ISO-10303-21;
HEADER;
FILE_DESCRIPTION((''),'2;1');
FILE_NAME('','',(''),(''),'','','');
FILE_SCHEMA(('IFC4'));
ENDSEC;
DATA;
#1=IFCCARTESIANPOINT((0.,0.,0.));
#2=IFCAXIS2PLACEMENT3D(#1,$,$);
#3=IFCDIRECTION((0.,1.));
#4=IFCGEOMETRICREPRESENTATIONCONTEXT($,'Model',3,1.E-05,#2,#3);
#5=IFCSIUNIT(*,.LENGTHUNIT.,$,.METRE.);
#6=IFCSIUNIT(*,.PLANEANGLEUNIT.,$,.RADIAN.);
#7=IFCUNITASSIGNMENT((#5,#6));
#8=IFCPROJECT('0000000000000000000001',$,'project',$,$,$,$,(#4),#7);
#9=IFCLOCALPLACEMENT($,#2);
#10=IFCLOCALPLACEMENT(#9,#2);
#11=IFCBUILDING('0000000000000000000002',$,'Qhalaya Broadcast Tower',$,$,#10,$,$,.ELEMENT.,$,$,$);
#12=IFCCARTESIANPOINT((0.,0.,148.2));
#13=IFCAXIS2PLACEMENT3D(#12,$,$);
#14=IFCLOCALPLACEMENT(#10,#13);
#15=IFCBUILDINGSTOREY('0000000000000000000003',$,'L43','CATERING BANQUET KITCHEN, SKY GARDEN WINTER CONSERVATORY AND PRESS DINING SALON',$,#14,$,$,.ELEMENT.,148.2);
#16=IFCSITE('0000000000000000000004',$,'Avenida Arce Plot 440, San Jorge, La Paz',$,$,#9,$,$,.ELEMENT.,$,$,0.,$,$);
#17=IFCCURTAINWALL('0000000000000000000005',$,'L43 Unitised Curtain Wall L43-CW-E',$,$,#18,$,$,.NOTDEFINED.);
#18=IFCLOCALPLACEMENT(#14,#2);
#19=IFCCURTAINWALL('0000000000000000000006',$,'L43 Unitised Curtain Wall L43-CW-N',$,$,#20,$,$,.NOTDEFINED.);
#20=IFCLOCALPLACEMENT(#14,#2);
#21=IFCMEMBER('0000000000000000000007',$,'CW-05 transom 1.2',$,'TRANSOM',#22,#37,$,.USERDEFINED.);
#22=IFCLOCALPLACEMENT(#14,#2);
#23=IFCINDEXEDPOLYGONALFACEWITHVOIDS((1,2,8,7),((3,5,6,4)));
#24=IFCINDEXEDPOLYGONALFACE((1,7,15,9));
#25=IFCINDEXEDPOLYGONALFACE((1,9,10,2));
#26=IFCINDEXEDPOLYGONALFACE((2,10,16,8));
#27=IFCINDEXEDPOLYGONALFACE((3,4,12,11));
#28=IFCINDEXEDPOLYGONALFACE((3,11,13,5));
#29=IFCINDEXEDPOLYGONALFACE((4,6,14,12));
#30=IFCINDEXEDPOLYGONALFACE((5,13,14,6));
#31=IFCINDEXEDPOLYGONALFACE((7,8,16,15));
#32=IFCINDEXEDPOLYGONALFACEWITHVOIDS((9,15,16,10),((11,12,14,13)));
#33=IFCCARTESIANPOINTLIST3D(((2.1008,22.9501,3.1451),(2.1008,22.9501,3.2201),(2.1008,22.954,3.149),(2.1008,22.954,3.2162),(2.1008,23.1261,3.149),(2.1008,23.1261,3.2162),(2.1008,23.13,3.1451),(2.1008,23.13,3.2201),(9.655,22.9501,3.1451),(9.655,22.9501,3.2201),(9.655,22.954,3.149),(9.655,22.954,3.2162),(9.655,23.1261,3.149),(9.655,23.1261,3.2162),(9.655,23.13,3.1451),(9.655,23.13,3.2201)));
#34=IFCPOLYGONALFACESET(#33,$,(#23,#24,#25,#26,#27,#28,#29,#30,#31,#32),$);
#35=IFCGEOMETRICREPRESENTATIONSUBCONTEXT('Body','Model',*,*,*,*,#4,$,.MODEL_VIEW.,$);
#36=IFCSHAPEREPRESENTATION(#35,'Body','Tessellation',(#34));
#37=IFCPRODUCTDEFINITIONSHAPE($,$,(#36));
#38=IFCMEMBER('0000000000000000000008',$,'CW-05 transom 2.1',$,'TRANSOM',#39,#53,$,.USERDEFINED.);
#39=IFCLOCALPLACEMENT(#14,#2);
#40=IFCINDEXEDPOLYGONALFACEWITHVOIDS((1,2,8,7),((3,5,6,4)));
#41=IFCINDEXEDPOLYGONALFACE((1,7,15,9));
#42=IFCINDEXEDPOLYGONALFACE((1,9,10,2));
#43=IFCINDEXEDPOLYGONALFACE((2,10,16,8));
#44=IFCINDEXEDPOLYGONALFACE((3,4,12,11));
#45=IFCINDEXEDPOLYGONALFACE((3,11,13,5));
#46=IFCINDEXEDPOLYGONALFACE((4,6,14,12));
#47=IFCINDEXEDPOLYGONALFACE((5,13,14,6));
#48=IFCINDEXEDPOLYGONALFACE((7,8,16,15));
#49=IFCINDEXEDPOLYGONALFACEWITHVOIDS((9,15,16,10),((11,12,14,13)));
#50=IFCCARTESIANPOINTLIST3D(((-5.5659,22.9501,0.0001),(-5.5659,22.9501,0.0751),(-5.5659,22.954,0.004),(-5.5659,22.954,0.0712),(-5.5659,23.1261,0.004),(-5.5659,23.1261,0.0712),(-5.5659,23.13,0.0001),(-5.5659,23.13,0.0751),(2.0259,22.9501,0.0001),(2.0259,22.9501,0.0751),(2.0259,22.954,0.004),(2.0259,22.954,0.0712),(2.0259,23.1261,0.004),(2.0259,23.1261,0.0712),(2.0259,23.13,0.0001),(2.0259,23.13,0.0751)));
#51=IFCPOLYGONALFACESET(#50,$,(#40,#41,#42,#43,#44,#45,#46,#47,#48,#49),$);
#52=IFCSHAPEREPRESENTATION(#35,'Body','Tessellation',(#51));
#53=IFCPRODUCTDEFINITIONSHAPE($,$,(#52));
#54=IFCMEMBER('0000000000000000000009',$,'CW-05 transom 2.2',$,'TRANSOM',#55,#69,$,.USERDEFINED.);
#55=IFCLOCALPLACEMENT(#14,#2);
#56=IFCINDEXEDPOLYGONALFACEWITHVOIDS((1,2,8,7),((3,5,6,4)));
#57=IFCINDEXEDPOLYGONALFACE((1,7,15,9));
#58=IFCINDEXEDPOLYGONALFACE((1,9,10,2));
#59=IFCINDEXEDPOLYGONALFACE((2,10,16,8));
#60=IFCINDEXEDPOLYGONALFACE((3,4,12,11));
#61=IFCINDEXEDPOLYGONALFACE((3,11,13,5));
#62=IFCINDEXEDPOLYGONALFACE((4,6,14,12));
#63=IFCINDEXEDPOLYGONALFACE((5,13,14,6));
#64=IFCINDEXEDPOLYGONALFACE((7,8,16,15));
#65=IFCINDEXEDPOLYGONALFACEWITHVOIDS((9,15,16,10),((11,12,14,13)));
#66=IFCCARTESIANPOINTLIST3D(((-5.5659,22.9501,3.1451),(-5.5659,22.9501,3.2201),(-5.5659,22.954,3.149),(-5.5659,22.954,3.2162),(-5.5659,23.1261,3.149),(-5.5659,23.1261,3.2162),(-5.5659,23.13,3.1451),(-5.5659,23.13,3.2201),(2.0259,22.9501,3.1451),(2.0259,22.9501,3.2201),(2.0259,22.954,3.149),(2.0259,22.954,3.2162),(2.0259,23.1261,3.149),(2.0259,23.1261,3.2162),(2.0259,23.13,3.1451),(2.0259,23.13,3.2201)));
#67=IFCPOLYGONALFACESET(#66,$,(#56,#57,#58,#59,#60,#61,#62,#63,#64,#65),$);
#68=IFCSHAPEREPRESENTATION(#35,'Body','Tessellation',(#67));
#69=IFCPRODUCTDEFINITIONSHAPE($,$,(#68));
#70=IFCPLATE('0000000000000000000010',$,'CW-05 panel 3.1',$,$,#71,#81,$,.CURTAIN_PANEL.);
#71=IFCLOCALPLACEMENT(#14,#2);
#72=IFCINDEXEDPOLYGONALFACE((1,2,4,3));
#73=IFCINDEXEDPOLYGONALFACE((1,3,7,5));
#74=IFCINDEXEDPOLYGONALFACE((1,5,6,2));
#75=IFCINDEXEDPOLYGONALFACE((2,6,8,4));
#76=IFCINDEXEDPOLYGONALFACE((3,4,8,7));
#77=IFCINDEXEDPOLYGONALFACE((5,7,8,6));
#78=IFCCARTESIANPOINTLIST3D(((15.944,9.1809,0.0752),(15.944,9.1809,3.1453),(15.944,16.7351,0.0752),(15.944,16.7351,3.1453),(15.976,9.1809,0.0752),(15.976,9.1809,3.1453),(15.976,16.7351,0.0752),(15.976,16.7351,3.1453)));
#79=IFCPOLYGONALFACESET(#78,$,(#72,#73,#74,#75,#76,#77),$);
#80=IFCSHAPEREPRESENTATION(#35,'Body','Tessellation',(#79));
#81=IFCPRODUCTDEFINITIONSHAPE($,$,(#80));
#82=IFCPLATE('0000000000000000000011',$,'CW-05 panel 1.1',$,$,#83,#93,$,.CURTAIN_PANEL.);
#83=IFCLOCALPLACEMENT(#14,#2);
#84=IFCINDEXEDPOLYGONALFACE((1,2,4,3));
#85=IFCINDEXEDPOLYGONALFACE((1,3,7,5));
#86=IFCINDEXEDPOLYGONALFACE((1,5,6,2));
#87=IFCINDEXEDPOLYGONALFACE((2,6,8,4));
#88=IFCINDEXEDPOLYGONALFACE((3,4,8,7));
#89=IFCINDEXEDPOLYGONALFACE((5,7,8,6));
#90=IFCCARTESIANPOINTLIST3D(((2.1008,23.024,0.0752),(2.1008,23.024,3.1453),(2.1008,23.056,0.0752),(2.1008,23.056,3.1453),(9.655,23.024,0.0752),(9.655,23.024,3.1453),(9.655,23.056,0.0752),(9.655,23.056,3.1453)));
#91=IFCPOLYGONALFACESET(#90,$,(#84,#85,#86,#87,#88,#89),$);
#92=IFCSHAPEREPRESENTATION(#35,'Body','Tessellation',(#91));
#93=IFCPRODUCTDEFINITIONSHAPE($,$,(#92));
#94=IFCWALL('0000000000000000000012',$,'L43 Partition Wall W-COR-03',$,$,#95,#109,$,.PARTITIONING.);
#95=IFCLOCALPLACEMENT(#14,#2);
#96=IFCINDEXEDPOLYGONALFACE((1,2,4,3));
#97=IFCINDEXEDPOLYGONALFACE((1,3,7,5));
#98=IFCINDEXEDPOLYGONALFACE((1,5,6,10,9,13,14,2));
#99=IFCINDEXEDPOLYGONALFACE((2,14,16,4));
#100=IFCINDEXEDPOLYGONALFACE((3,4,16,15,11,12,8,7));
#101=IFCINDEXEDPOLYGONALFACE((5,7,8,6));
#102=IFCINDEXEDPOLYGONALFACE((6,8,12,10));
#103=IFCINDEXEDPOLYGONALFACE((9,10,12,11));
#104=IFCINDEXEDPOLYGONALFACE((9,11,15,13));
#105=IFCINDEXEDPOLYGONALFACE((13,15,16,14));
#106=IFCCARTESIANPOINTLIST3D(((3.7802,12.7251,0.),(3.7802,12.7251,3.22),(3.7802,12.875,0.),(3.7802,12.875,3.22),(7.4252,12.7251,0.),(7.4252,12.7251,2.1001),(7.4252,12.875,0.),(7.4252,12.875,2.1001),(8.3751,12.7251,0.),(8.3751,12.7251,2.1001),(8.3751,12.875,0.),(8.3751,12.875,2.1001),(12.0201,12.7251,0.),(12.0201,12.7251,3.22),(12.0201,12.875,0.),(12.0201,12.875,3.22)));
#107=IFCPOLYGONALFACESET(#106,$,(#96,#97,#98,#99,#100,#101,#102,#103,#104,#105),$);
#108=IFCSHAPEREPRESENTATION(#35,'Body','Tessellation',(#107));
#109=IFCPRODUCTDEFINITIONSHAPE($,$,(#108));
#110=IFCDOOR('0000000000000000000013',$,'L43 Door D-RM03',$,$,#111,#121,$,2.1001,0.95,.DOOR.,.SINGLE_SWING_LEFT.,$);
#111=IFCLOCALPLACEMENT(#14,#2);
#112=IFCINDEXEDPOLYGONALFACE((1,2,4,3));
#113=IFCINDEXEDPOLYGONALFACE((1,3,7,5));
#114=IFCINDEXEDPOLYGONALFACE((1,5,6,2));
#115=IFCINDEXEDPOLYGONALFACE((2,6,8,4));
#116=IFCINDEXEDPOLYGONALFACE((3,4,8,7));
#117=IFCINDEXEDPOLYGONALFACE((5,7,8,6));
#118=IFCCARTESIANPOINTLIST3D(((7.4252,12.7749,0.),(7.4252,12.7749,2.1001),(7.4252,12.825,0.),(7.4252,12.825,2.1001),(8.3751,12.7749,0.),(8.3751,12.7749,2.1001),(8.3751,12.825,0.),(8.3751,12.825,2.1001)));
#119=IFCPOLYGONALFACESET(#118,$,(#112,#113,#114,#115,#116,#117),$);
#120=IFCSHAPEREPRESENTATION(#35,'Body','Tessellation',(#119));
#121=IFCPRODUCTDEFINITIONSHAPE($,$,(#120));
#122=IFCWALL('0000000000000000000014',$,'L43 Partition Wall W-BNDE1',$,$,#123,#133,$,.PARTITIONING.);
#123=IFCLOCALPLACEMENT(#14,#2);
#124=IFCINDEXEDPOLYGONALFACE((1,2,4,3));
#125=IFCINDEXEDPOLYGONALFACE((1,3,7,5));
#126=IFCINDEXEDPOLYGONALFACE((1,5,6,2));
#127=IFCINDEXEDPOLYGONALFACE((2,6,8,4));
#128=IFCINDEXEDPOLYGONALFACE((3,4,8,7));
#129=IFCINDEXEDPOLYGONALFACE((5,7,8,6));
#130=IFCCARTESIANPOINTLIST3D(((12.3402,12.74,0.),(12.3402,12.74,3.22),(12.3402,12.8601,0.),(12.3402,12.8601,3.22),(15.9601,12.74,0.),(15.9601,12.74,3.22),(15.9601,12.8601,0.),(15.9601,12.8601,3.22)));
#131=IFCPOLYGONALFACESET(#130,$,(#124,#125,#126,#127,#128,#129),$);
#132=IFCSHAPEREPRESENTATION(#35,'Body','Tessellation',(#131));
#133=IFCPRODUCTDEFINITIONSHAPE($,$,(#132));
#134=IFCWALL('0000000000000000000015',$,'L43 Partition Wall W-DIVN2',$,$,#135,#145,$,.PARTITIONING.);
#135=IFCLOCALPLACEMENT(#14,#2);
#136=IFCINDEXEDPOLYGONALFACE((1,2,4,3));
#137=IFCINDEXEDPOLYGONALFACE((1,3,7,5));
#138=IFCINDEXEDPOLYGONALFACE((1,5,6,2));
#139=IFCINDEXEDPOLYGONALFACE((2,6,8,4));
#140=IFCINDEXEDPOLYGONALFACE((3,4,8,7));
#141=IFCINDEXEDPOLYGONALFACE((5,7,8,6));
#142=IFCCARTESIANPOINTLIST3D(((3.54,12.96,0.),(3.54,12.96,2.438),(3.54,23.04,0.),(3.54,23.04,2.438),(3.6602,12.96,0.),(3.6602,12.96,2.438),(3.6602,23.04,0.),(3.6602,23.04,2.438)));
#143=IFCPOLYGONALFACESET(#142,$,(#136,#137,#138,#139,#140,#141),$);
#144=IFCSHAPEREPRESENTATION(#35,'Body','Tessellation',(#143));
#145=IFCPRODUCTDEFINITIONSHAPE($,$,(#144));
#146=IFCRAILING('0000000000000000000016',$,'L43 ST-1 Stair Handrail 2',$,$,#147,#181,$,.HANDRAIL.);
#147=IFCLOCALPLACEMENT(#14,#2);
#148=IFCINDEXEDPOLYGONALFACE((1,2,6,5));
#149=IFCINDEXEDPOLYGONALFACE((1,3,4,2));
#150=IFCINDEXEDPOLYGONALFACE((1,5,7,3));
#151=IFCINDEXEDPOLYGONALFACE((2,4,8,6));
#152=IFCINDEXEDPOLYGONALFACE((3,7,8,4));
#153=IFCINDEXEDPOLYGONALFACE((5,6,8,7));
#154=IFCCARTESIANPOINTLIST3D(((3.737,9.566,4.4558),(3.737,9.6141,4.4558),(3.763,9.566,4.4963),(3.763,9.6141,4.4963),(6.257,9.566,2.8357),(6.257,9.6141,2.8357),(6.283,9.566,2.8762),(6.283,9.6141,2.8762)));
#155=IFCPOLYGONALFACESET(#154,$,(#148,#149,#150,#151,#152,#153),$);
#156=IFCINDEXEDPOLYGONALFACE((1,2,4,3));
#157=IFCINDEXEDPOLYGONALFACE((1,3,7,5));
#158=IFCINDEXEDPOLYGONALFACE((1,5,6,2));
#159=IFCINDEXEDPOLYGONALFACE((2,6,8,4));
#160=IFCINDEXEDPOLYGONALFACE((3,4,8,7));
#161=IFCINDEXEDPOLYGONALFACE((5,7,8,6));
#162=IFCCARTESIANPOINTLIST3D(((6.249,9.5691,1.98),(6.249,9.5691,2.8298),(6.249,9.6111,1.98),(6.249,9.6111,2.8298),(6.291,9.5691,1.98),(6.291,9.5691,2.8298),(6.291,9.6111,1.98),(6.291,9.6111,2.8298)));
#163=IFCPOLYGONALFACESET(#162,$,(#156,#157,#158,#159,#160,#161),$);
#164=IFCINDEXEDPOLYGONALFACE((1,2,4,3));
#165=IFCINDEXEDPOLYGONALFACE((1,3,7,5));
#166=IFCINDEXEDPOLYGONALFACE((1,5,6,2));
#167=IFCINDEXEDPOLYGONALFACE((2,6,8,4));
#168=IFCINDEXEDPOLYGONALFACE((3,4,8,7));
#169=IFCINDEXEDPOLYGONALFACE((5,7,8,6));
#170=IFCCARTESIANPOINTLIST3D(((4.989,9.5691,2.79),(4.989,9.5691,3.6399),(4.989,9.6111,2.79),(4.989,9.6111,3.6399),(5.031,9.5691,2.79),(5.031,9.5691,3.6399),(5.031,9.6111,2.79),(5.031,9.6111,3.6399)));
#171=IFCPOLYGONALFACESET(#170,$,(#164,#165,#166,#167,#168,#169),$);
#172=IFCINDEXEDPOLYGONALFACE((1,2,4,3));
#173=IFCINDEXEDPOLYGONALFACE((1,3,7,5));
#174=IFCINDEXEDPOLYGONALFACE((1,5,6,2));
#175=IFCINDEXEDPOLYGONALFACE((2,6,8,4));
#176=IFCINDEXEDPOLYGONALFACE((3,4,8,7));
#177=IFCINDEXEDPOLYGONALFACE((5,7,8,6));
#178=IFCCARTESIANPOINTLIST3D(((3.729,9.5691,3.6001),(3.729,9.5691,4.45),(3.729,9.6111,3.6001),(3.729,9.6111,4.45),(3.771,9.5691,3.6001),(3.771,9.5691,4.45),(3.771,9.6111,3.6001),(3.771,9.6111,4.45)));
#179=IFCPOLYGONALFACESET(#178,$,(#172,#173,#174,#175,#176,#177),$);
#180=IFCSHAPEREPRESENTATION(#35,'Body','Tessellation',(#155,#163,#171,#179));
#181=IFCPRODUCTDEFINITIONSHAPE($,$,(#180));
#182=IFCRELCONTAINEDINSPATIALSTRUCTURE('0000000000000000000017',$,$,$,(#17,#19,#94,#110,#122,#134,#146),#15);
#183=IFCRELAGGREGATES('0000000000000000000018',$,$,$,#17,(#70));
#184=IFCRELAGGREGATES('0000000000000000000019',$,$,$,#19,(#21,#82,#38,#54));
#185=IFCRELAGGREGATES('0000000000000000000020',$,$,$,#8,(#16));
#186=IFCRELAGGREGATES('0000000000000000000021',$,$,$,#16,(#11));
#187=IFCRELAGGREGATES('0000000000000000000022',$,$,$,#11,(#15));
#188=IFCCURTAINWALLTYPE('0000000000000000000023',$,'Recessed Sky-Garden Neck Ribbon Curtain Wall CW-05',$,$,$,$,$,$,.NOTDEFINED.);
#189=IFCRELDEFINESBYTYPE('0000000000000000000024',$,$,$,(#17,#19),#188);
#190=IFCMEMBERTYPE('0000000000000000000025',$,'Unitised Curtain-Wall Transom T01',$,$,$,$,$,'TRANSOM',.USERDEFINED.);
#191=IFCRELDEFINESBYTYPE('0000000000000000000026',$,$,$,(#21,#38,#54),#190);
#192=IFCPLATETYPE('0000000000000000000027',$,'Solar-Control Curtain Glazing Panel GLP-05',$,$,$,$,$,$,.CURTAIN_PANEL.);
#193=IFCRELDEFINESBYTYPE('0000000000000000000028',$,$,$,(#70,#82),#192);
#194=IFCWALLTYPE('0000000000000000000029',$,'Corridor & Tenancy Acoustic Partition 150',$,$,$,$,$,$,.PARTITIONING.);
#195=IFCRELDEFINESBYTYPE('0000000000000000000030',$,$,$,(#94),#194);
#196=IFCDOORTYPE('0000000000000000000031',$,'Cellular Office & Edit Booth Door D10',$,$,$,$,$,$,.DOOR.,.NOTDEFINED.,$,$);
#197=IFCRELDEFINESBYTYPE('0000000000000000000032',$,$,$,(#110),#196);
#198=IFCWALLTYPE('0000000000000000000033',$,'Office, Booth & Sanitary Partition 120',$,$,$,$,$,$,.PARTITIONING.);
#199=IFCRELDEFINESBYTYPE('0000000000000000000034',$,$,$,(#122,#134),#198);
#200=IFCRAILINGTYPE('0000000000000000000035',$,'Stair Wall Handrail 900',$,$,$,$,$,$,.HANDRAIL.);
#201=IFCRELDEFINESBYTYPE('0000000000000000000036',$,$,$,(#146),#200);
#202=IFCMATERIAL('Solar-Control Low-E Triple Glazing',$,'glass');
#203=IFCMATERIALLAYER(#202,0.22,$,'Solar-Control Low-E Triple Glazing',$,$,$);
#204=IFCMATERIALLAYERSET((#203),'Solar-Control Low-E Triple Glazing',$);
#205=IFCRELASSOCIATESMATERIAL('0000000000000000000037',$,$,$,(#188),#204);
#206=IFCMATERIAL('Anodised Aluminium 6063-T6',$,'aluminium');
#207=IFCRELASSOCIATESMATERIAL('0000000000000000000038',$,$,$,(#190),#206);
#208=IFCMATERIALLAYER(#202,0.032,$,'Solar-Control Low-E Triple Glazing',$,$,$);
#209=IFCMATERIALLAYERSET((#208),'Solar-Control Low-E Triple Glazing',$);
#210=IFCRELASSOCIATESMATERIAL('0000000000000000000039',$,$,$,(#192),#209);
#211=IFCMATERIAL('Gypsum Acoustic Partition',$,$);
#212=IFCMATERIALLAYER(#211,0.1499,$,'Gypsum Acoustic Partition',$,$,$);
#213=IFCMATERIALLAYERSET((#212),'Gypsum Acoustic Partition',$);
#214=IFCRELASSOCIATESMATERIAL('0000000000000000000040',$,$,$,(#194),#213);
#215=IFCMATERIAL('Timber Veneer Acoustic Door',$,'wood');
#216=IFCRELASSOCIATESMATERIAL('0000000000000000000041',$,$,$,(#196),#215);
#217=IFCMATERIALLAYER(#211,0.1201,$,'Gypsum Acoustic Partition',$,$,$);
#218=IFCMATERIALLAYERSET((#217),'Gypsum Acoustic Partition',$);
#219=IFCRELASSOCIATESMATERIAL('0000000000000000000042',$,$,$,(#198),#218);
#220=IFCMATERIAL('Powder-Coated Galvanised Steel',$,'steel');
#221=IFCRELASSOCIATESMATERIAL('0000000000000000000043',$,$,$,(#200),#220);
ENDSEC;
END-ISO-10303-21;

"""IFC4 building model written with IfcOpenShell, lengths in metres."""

from ifc_helpers import new_model, si_unit, direction, frame, frame_2d, origin, origin_2d, place, context, subcontext, project, spatial, rectangle, hollow_rectangle, extrude, material, layer, layer_set, material_profile, profile_set, type_object, element, fill, aggregate, save


model = new_model("IFC4")

# Units and contexts
model_context = context("Model", 3, precision=1e-05, world=origin(), true_north=direction((0.0, 1.0)))
body_context = subcontext(model_context, "Body", "Model", "MODEL_VIEW")
ifc_project = project(units=[si_unit("LENGTHUNIT", "METRE"), si_unit("PLANEANGLEUNIT", "RADIAN")], contexts=[model_context])

# Site, building, storey
site_placement = place(None, origin())
site = spatial("IfcSite", under=ifc_project, at=site_placement, Name="Avenida Arce Plot 440, San Jorge, La Paz", CompositionType="ELEMENT", RefElevation=0.0)
building_placement = place(site_placement, origin())
building = spatial("IfcBuilding", under=site, at=building_placement, Name="Qhalaya Broadcast Tower", CompositionType="ELEMENT")
storey_placement = place(building_placement, frame((0.0, 0.0, 148.2)))
storey = spatial("IfcBuildingStorey", under=building, at=storey_placement, Name="L43", Description="CATERING BANQUET KITCHEN, SKY GARDEN WINTER CONSERVATORY AND PRESS DINING SALON", CompositionType="ELEMENT", Elevation=148.2)

# Curtain wall
ifc_material_1 = material(Name="Solar-Control Low-E Triple Glazing", Category="glass")
ifc_layer_1 = layer(ifc_material_1, 0.22, Name="Solar-Control Low-E Triple Glazing")
ifc_layer_set_1 = layer_set([ifc_layer_1], Name="Solar-Control Low-E Triple Glazing")
curtain_wall_type = type_object("IfcCurtainWallType", Name="Recessed Sky-Garden Neck Ribbon Curtain Wall CW-05", PredefinedType="NOTDEFINED", material=ifc_layer_set_1)
curtain_wall_1_placement = place(storey_placement, origin())
curtain_wall_1 = element("IfcCurtainWall", 1, at=curtain_wall_1_placement, inside=storey, type_object=curtain_wall_type, Name="L43 Unitised Curtain Wall L43-CW-E", PredefinedType="NOTDEFINED")
ifc_material_2 = material(Name="Anodised Aluminium 6063-T6", Category="aluminium")

# Curtain wall, members
curtain_wall_2_placement = place(storey_placement, origin())
curtain_wall_2 = element("IfcCurtainWall", 2, at=curtain_wall_2_placement, inside=storey, type_object=curtain_wall_type, Name="L43 Unitised Curtain Wall L43-CW-N", PredefinedType="NOTDEFINED")
ifc_material_profile_1 = material_profile(ifc_material_2, hollow_rectangle(XDim=0.075, YDim=0.1799, WallThickness=0.0039, at=origin_2d()), Name="ALU-TRN 75x180x4")
ifc_profile_set_1 = profile_set([ifc_material_profile_1], Name="Anodised Aluminium 6063-T6")
member_type_1 = type_object("IfcMemberType", Name="Unitised Curtain-Wall Transom T01", ElementType="TRANSOM", PredefinedType="USERDEFINED", material=ifc_profile_set_1)
member_1_placement = place(storey_placement, frame((9.655, 23.04, 3.1826), z_axis=(-1.0, 0.0, 0.0), x_axis=(0.0, 0.0, 1.0)))
member_1 = element("IfcMember", 3, at=member_1_placement, type_object=member_type_1, Name="CW-05 transom 1.2", ObjectType="TRANSOM", PredefinedType="USERDEFINED", context=body_context, shape_type="SweptSolid", body=[
    extrude(hollow_rectangle(XDim=0.075, YDim=0.1799, WallThickness=0.0039, at=origin_2d()), origin(), (0.0, 0.0, 1.0), 7.5542),
])
member_2_placement = place(storey_placement, frame((2.0259, 23.04, 0.0376), z_axis=(-1.0, 0.0, 0.0), x_axis=(0.0, 0.0, 1.0)))
member_2 = element("IfcMember", 4, at=member_2_placement, type_object=member_type_1, Name="CW-05 transom 2.1", ObjectType="TRANSOM", PredefinedType="USERDEFINED", context=body_context, shape_type="SweptSolid", body=[
    extrude(hollow_rectangle(XDim=0.075, YDim=0.1799, WallThickness=0.0039, at=origin_2d()), origin(), (0.0, 0.0, 1.0), 7.5918),
])
member_3_placement = place(storey_placement, frame((2.0259, 23.04, 3.1826), z_axis=(-1.0, 0.0, 0.0), x_axis=(0.0, 0.0, 1.0)))
member_3 = element("IfcMember", 5, at=member_3_placement, type_object=member_type_1, Name="CW-05 transom 2.2", ObjectType="TRANSOM", PredefinedType="USERDEFINED", context=body_context, shape_type="SweptSolid", body=[
    extrude(hollow_rectangle(XDim=0.075, YDim=0.1799, WallThickness=0.0039, at=origin_2d()), origin(), (0.0, 0.0, 1.0), 7.5918),
])

# Plates
ifc_layer_2 = layer(ifc_material_1, 0.032, Name="Solar-Control Low-E Triple Glazing")
ifc_layer_set_2 = layer_set([ifc_layer_2], Name="Solar-Control Low-E Triple Glazing")
plate_type = type_object("IfcPlateType", Name="Solar-Control Curtain Glazing Panel GLP-05", PredefinedType="CURTAIN_PANEL", material=ifc_layer_set_2)
plate_1_placement = place(storey_placement, frame((15.96, 12.958, 0.0752), z_axis=(0.0, 0.0, 1.0), x_axis=(0.0, 1.0, 0.0)))
plate_1 = element("IfcPlate", 6, at=plate_1_placement, type_object=plate_type, Name="CW-05 panel 3.1", PredefinedType="CURTAIN_PANEL", context=body_context, shape_type="SweptSolid", body=[
    extrude(rectangle(XDim=7.5542, YDim=0.032, at=origin_2d()), origin(), (0.0, 0.0, 1.0), 3.0701),
])
aggregate(curtain_wall_1, [plate_1])
plate_2_placement = place(storey_placement, frame((5.8779, 23.04, 0.0752), z_axis=(0.0, 0.0, 1.0), x_axis=(-1.0, 0.0, 0.0)))
plate_2 = element("IfcPlate", 7, at=plate_2_placement, type_object=plate_type, Name="CW-05 panel 1.1", PredefinedType="CURTAIN_PANEL", context=body_context, shape_type="SweptSolid", body=[
    extrude(rectangle(XDim=7.5542, YDim=0.032, at=origin_2d()), origin(), (0.0, 0.0, 1.0), 3.0701),
])
aggregate(curtain_wall_2, [member_1, plate_2, member_2, member_3])

# Wall, opening, door
ifc_material_3 = material(Name="Gypsum Acoustic Partition")
ifc_layer_3 = layer(ifc_material_3, 0.1499, Name="Gypsum Acoustic Partition")
ifc_layer_set_3 = layer_set([ifc_layer_3], Name="Gypsum Acoustic Partition")
wall_type_1 = type_object("IfcWallType", Name="Corridor & Tenancy Acoustic Partition 150", PredefinedType="PARTITIONING", material=ifc_layer_set_3)
wall_1_placement = place(storey_placement, frame((3.78, 12.8, 0.0), z_axis=(0.0, 0.0, 1.0), x_axis=(1.0, 0.0, 0.0)))
wall_1 = element("IfcWall", 8, at=wall_1_placement, inside=storey, type_object=wall_type_1, Name="L43 Partition Wall W-COR-03", PredefinedType="PARTITIONING", context=body_context, shape_type="SweptSolid", body=[
    extrude(rectangle(XDim=8.24, YDim=0.1499, at=frame_2d((4.1201, 0.0))), origin(), (0.0, 0.0, 1.0), 3.22),
])
opening_placement = place(wall_1_placement, frame((3.645, 0.0, 0.0)))
opening = element("IfcOpeningElement", 9, at=opening_placement, cuts=wall_1, PredefinedType="OPENING", context=body_context, shape_type="SweptSolid", body=[
    extrude(rectangle(XDim=0.95, YDim=2.1001, at=frame_2d((0.4751, 1.05))), frame((0.0, 0.0869, 0.0), z_axis=(0.0, -1.0, 0.0), x_axis=(1.0, 0.0, 0.0)), (0.0, 0.0, 1.0), 0.1738),
])
ifc_material_4 = material(Name="Timber Veneer Acoustic Door", Category="wood")
door_type = type_object("IfcDoorType", Name="Cellular Office & Edit Booth Door D10", OperationType="NOTDEFINED", PredefinedType="DOOR", material=ifc_material_4)
door_placement = place(opening_placement, origin())
door = element("IfcDoor", 10, at=door_placement, inside=storey, type_object=door_type, Name="L43 Door D-RM03", OperationType="SINGLE_SWING_LEFT", OverallHeight=2.1001, OverallWidth=0.95, PredefinedType="DOOR", context=body_context, shape_type="SweptSolid", body=[
    extrude(rectangle(XDim=0.95, YDim=2.1001, at=frame_2d((0.4751, 1.05))), frame((0.0, 0.0249, 0.0), z_axis=(0.0, -1.0, 0.0), x_axis=(1.0, 0.0, 0.0)), (0.0, 0.0, 1.0), 0.05),
])
fill(opening, door)

# Walls
ifc_layer_4 = layer(ifc_material_3, 0.1201, Name="Gypsum Acoustic Partition")
ifc_layer_set_4 = layer_set([ifc_layer_4], Name="Gypsum Acoustic Partition")
wall_type_2 = type_object("IfcWallType", Name="Office, Booth & Sanitary Partition 120", PredefinedType="PARTITIONING", material=ifc_layer_set_4)
wall_2_placement = place(storey_placement, frame((12.3401, 12.8, 0.0), z_axis=(0.0, 0.0, 1.0), x_axis=(1.0, 0.0, 0.0)))
element("IfcWall", 11, at=wall_2_placement, inside=storey, type_object=wall_type_2, Name="L43 Partition Wall W-BNDE1", PredefinedType="PARTITIONING", context=body_context, shape_type="SweptSolid", body=[
    extrude(rectangle(XDim=3.6199, YDim=0.1201, at=frame_2d((1.8101, 0.0))), origin(), (0.0, 0.0, 1.0), 3.22),
])
wall_3_placement = place(storey_placement, frame((3.6001, 12.96, 0.0), z_axis=(0.0, 0.0, 1.0), x_axis=(0.0, 1.0, 0.0)))
element("IfcWall", 12, at=wall_3_placement, inside=storey, type_object=wall_type_2, Name="L43 Partition Wall W-DIVN2", PredefinedType="PARTITIONING", context=body_context, shape_type="SweptSolid", body=[
    extrude(rectangle(XDim=10.0801, YDim=0.1201, at=frame_2d((5.04, 0.0))), origin(), (0.0, 0.0, 1.0), 2.438),
])

# Railing
ifc_material_5 = material(Name="Powder-Coated Galvanised Steel", Category="steel")
railing_type_1 = type_object("IfcRailingType", Name="Stair Wall Handrail 900", PredefinedType="HANDRAIL", material=ifc_material_5)
railing_1_placement = place(storey_placement, frame((6.27, 9.5901, 1.98)))
element("IfcRailing", 13, at=railing_1_placement, inside=storey, type_object=railing_type_1, Name="L43 ST-1 Stair Handrail 2", PredefinedType="HANDRAIL", context=body_context, shape_type="SweptSolid", body=[
    extrude(rectangle(XDim=0.0481, YDim=0.0481, at=origin_2d()), frame((0.0, 0.0, 0.876), z_axis=(-0.841163, 0.0, 0.540782), x_axis=(0.0, -1.0, 0.0)), (0.0, 0.0, 1.0), 2.9958),
    extrude(rectangle(XDim=0.042, YDim=0.042, at=origin_2d()), origin(), (0.0, 0.0, 1.0), 0.8499),
    extrude(rectangle(XDim=0.042, YDim=0.042, at=origin_2d()), frame((-1.26, 0.0, 0.8101)), (0.0, 0.0, 1.0), 0.8499),
    extrude(rectangle(XDim=0.042, YDim=0.042, at=origin_2d()), frame((-2.52, 0.0, 1.6201)), (0.0, 0.0, 1.0), 0.8499),
])

save(model, "model.ifc")
